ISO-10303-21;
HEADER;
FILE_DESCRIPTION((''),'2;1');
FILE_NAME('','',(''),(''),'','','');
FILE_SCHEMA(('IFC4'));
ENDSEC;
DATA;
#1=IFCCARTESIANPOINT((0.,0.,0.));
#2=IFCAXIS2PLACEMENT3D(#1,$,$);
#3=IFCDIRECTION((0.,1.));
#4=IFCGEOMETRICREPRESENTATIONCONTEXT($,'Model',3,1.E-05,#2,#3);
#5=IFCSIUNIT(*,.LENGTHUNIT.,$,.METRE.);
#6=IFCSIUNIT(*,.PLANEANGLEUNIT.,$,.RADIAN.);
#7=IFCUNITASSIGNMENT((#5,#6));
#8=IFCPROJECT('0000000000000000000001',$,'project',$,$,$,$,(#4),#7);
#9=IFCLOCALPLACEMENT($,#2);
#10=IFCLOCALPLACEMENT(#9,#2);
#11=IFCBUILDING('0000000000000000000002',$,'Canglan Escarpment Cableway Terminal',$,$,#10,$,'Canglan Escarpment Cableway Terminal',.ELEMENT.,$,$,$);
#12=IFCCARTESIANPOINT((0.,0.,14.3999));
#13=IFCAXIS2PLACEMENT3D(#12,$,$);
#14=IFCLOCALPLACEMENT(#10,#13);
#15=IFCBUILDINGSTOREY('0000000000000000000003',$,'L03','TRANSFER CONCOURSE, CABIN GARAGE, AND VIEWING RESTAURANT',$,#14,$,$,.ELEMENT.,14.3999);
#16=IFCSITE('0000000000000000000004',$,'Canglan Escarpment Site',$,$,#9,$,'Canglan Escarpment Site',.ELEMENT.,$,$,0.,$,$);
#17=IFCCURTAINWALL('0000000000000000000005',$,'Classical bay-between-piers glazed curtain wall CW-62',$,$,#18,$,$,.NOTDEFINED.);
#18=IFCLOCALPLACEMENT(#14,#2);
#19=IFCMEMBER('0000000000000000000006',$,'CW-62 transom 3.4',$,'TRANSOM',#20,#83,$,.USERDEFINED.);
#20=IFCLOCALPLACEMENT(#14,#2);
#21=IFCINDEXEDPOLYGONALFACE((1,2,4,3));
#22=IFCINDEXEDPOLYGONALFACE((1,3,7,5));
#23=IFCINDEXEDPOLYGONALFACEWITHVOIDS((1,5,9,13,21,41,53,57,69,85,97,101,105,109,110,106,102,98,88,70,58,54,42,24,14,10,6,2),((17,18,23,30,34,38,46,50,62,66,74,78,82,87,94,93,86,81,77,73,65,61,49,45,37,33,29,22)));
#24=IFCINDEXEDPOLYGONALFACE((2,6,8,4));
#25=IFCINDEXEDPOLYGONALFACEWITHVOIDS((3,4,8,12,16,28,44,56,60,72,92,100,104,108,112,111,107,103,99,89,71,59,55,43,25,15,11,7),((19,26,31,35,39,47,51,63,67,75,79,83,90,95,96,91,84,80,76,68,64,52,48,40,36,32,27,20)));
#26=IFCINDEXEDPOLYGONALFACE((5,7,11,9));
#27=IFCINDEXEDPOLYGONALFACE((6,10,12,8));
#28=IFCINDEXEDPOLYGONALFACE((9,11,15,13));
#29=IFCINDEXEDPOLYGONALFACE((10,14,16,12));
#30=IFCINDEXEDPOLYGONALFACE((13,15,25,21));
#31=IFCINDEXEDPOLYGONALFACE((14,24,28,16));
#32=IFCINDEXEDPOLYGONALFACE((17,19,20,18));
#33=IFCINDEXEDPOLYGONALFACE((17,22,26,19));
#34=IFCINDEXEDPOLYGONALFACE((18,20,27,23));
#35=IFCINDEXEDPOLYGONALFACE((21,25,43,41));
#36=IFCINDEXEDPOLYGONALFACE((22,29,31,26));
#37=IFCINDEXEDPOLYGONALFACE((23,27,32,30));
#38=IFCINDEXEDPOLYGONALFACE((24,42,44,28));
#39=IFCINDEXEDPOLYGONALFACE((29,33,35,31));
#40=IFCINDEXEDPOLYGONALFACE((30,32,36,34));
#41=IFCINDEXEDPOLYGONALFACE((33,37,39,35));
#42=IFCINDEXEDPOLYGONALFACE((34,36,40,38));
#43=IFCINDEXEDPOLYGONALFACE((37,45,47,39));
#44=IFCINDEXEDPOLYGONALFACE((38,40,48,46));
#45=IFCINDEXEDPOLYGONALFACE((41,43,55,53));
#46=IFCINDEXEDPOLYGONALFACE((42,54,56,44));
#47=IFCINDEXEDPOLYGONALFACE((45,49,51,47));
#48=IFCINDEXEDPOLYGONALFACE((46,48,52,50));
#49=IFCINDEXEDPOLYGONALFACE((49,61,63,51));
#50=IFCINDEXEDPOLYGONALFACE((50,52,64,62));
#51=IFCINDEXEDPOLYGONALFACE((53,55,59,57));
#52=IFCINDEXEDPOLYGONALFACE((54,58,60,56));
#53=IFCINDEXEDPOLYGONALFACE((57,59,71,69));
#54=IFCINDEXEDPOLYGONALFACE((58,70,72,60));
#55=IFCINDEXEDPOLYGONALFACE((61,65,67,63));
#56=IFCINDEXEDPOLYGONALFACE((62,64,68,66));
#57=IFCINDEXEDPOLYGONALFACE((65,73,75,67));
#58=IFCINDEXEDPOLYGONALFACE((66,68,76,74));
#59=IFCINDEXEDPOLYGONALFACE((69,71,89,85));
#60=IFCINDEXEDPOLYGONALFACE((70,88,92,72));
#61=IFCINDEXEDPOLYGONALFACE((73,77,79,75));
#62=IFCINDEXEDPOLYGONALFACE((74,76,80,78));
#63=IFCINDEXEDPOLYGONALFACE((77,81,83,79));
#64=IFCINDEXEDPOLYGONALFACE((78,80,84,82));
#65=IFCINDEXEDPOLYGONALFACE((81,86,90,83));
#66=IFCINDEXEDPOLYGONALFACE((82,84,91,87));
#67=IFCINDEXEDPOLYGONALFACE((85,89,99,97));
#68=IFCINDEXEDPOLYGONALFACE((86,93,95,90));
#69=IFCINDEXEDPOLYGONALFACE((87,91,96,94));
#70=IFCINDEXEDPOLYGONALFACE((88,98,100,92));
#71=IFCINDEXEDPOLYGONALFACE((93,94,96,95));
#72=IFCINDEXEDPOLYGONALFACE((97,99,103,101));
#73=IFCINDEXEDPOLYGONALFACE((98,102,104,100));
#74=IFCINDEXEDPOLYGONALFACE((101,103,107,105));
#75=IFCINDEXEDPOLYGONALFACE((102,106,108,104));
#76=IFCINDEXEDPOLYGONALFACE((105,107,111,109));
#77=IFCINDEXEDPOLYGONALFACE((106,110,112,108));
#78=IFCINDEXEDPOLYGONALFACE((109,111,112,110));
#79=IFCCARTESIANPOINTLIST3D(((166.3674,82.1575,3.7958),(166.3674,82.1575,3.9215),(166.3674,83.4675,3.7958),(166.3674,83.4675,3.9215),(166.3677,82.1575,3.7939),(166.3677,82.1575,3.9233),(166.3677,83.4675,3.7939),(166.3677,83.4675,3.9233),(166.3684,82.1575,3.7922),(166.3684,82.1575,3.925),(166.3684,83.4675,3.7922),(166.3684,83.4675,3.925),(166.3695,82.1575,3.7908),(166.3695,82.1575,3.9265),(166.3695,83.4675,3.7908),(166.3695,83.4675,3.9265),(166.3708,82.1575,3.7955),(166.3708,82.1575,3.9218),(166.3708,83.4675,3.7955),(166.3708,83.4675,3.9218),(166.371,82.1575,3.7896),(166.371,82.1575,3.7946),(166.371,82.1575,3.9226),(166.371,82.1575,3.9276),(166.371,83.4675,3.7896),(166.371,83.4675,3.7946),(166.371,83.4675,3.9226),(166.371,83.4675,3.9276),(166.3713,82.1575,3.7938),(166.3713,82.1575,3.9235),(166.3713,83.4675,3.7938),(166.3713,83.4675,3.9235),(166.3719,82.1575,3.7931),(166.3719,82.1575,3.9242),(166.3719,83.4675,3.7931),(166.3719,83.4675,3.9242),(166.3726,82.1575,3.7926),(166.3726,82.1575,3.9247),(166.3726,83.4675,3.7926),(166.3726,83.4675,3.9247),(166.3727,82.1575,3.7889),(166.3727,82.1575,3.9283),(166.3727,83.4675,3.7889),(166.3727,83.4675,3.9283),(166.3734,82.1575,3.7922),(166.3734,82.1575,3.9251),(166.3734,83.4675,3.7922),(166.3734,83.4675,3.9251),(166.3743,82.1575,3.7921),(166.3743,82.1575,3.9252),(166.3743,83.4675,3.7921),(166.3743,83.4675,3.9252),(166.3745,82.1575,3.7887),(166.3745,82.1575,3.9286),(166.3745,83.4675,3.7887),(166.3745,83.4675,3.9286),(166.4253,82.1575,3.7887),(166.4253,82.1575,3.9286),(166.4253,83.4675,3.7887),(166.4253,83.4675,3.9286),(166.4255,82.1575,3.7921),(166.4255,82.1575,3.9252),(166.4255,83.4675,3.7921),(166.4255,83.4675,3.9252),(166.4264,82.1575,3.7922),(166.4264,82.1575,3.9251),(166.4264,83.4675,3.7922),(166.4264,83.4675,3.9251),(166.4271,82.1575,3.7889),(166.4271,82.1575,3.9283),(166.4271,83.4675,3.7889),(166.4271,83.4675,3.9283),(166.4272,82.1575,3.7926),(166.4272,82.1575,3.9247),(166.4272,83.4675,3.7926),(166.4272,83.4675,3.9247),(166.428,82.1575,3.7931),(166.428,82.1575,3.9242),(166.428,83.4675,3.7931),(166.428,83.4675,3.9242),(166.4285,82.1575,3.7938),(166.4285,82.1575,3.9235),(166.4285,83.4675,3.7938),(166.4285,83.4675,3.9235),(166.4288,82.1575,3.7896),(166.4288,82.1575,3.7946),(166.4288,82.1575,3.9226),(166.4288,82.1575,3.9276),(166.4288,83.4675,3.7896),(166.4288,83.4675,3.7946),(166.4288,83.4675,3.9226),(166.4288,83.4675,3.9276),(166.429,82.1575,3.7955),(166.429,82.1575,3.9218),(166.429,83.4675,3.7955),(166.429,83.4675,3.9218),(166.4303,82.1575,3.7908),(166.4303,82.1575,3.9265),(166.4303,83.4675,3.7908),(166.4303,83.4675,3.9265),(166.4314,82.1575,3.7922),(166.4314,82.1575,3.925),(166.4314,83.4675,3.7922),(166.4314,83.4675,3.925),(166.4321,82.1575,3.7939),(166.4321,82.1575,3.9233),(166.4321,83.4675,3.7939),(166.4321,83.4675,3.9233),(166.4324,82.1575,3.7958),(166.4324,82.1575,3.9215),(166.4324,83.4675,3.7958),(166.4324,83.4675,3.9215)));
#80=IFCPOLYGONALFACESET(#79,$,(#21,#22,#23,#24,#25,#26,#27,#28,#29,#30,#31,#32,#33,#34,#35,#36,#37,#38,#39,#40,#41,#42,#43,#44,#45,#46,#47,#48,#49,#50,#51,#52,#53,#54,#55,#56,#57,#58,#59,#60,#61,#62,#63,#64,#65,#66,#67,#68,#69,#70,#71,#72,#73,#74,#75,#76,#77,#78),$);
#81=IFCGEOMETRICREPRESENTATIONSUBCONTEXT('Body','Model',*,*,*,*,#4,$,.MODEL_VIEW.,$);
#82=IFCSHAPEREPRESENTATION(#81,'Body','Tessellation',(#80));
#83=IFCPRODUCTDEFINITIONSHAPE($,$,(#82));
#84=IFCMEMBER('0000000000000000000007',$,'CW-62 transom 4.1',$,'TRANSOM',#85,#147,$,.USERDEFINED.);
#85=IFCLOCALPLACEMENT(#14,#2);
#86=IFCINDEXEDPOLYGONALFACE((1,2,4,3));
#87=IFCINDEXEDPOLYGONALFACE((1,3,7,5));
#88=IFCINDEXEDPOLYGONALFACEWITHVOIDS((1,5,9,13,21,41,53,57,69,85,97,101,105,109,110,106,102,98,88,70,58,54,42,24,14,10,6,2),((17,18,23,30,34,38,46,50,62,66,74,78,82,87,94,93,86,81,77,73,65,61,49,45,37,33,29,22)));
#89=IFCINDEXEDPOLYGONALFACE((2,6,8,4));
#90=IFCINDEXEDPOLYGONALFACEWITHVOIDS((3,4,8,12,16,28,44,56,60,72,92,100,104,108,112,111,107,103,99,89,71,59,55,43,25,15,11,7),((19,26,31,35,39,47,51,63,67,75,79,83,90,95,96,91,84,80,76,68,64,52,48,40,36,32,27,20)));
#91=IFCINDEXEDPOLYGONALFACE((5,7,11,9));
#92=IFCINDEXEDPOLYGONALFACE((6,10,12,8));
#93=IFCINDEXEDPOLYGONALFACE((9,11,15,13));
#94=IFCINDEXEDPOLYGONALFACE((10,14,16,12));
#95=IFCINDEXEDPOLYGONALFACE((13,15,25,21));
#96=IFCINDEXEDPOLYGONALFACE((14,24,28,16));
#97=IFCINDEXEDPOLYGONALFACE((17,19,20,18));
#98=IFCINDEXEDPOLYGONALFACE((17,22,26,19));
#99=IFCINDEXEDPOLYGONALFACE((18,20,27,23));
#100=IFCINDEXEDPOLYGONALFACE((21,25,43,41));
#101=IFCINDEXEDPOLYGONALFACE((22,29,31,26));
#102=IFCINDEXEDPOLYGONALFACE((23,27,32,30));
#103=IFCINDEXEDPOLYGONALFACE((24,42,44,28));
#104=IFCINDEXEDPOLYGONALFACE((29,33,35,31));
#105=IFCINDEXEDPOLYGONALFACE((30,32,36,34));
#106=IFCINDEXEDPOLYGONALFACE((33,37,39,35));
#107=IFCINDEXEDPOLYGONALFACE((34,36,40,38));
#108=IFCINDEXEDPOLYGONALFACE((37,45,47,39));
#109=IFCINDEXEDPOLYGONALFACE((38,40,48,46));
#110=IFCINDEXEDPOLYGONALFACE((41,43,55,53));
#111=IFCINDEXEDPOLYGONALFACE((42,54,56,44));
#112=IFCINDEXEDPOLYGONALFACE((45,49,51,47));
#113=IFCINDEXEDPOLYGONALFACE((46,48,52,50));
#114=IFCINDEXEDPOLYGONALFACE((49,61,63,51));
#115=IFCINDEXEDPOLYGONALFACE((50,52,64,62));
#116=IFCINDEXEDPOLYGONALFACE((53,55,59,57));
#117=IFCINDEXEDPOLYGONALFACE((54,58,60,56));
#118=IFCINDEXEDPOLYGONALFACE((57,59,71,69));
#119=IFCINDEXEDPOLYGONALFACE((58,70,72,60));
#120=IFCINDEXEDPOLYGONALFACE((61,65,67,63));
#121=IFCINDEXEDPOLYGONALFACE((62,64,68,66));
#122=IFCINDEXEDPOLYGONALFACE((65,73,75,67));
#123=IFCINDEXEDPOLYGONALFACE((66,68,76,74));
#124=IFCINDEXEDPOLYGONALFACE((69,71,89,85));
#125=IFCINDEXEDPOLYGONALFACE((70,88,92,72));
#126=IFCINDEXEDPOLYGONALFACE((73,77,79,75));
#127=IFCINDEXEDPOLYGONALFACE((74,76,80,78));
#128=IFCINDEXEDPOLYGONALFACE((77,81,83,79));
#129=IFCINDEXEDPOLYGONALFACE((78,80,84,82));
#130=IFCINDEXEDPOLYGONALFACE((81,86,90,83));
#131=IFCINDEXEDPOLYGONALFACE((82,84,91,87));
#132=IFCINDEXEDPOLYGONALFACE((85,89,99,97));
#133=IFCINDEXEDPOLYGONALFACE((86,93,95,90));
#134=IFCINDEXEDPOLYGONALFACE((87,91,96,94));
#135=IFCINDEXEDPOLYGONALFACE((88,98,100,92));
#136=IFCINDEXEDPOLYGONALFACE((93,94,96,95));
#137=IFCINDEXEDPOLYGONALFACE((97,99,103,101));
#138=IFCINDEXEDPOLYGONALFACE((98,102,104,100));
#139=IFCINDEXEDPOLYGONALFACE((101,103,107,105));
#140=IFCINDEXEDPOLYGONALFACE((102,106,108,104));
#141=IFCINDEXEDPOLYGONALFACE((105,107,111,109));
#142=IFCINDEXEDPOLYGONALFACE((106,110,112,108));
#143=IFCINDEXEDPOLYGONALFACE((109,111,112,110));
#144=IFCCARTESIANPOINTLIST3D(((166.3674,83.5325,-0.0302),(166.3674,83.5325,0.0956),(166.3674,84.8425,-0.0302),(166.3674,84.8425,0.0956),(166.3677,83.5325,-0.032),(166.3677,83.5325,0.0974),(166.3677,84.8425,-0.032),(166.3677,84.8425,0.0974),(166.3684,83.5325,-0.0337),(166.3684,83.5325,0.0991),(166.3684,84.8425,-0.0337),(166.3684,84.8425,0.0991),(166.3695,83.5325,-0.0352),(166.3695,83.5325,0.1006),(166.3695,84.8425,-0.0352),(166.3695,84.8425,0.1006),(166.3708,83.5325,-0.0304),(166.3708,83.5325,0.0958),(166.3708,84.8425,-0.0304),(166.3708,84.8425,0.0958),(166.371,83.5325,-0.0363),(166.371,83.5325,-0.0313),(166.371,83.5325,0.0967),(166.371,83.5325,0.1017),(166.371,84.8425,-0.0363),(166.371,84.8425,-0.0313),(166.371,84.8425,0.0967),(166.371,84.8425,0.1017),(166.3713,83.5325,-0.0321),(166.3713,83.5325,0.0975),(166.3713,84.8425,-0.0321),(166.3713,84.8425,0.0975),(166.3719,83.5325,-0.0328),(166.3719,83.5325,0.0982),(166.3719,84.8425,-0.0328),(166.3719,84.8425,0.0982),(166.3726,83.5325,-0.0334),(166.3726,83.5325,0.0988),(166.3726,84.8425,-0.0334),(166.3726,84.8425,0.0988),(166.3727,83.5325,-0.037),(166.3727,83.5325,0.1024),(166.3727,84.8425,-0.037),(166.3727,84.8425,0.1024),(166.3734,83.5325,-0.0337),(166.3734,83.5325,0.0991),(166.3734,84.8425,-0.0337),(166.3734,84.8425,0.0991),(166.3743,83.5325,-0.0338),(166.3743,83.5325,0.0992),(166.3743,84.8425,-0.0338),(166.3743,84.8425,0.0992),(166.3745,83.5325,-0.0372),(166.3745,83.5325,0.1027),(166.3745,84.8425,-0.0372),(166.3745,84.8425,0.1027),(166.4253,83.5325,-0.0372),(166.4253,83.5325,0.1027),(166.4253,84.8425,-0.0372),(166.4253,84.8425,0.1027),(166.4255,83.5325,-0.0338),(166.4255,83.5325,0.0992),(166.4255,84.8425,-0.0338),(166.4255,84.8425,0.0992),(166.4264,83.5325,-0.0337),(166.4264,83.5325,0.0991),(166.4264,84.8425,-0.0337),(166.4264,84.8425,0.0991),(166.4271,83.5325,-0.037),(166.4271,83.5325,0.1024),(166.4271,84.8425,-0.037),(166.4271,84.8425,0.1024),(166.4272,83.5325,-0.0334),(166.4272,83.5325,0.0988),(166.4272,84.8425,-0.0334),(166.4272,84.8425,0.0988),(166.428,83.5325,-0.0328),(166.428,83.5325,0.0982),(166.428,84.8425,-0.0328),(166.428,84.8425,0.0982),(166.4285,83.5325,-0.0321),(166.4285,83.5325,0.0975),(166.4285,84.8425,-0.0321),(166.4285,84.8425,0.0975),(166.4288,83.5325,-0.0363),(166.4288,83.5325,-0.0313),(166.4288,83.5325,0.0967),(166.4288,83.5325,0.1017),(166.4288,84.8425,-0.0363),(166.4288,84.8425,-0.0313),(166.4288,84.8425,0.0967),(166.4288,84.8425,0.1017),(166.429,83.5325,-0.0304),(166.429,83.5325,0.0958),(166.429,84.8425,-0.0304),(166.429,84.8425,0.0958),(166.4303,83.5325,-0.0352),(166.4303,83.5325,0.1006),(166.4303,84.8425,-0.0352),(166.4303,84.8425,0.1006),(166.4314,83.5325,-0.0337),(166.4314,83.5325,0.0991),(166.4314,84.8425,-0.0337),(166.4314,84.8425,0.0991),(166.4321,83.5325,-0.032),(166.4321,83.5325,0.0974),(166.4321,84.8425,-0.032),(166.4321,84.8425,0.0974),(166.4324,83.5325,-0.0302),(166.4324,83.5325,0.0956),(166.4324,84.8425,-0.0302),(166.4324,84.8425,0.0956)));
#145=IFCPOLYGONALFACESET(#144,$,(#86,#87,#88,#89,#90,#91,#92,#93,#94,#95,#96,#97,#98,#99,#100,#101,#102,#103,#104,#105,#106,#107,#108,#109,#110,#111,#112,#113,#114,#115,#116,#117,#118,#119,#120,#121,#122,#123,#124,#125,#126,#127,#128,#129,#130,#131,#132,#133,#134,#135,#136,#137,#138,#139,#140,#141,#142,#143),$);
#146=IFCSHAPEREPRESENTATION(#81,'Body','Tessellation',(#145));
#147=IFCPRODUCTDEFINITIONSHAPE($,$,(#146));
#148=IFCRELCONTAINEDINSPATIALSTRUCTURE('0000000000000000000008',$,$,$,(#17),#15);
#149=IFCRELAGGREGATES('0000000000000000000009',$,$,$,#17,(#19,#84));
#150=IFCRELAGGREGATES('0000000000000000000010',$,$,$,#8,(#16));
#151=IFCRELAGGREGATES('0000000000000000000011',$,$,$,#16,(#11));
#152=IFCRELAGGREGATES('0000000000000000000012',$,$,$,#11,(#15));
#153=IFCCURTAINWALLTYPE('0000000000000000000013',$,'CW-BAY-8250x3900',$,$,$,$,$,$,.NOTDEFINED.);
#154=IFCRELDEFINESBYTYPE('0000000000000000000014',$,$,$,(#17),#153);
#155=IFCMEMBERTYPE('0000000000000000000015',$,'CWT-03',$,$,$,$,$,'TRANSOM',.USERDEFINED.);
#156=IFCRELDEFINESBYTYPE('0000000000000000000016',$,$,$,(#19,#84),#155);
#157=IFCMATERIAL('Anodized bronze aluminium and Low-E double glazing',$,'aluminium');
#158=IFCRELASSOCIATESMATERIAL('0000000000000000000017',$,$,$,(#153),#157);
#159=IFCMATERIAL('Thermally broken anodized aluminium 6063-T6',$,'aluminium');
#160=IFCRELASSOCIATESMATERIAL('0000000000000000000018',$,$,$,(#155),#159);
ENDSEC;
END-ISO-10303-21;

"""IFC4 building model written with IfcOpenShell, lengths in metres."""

from ifc_helpers import new_model, si_unit, direction, frame, origin, origin_2d, place, context, subcontext, project, spatial, hollow_rectangle, extrude, material, material_profile, profile_set, type_object, element, aggregate, save


model = new_model("IFC4")

# Units and contexts
model_context = context("Model", 3, precision=1e-05, world=origin(), true_north=direction((0.0, 1.0)))
body_context = subcontext(model_context, "Body", "Model", "MODEL_VIEW")
ifc_project = project(units=[si_unit("LENGTHUNIT", "METRE"), si_unit("PLANEANGLEUNIT", "RADIAN")], contexts=[model_context])

# Site, building, storey
site_placement = place(None, origin())
site = spatial("IfcSite", under=ifc_project, at=site_placement, Name="Canglan Escarpment Site", LongName="Canglan Escarpment Site", CompositionType="ELEMENT", RefElevation=0.0)
building_placement = place(site_placement, origin())
building = spatial("IfcBuilding", under=site, at=building_placement, Name="Canglan Escarpment Cableway Terminal", LongName="Canglan Escarpment Cableway Terminal", CompositionType="ELEMENT")
storey_placement = place(building_placement, frame((0.0, 0.0, 14.3999)))
storey = spatial("IfcBuildingStorey", under=building, at=storey_placement, Name="L03", Description="TRANSFER CONCOURSE, CABIN GARAGE, AND VIEWING RESTAURANT", CompositionType="ELEMENT", Elevation=14.3999)

# Curtain wall, members
ifc_material_1 = material(Name="Anodized bronze aluminium and Low-E double glazing", Category="aluminium")
curtain_wall_type = type_object("IfcCurtainWallType", Name="CW-BAY-8250x3900", PredefinedType="NOTDEFINED", material=ifc_material_1)
curtain_wall_placement = place(storey_placement, origin())
curtain_wall = element("IfcCurtainWall", 1, at=curtain_wall_placement, inside=storey, type_object=curtain_wall_type, Name="Classical bay-between-piers glazed curtain wall CW-62", PredefinedType="NOTDEFINED")
ifc_material_2 = material(Name="Thermally broken anodized aluminium 6063-T6", Category="aluminium")
ifc_material_profile_1 = material_profile(ifc_material_2, hollow_rectangle(XDim=0.0649, YDim=0.1399, WallThickness=0.0034, InnerFilletRadius=0.0034, OuterFilletRadius=0.0071, at=origin_2d()), Name="ALU-TRAN 65x140x3.5")
ifc_profile_set_1 = profile_set([ifc_material_profile_1], Name="Thermally broken anodized aluminium 6063-T6")
member_type_1 = type_object("IfcMemberType", Name="CWT-03", ElementType="TRANSOM", PredefinedType="USERDEFINED", material=ifc_profile_set_1)
member_1_placement = place(storey_placement, frame((166.3999, 82.1575, 3.8586), z_axis=(0.0, 1.0, 0.0), x_axis=(-1.0, 0.0, 0.0)))
member_1 = element("IfcMember", 2, at=member_1_placement, type_object=member_type_1, Name="CW-62 transom 3.4", ObjectType="TRANSOM", PredefinedType="USERDEFINED", context=body_context, shape_type="SweptSolid", body=[
    extrude(hollow_rectangle(XDim=0.0649, YDim=0.1399, WallThickness=0.0034, InnerFilletRadius=0.0034, OuterFilletRadius=0.0071, at=origin_2d()), origin(), (0.0, 0.0, 1.0), 1.3101),
])
member_2_placement = place(storey_placement, frame((166.3999, 83.5325, 0.0327), z_axis=(0.0, 1.0, 0.0), x_axis=(-1.0, 0.0, 0.0)))
member_2 = element("IfcMember", 3, at=member_2_placement, type_object=member_type_1, Name="CW-62 transom 4.1", ObjectType="TRANSOM", PredefinedType="USERDEFINED", context=body_context, shape_type="SweptSolid", body=[
    extrude(hollow_rectangle(XDim=0.0649, YDim=0.1399, WallThickness=0.0034, InnerFilletRadius=0.0034, OuterFilletRadius=0.0071, at=origin_2d()), origin(), (0.0, 0.0, 1.0), 1.3101),
])
aggregate(curtain_wall, [member_1, member_2])

save(model, "model.ifc")
